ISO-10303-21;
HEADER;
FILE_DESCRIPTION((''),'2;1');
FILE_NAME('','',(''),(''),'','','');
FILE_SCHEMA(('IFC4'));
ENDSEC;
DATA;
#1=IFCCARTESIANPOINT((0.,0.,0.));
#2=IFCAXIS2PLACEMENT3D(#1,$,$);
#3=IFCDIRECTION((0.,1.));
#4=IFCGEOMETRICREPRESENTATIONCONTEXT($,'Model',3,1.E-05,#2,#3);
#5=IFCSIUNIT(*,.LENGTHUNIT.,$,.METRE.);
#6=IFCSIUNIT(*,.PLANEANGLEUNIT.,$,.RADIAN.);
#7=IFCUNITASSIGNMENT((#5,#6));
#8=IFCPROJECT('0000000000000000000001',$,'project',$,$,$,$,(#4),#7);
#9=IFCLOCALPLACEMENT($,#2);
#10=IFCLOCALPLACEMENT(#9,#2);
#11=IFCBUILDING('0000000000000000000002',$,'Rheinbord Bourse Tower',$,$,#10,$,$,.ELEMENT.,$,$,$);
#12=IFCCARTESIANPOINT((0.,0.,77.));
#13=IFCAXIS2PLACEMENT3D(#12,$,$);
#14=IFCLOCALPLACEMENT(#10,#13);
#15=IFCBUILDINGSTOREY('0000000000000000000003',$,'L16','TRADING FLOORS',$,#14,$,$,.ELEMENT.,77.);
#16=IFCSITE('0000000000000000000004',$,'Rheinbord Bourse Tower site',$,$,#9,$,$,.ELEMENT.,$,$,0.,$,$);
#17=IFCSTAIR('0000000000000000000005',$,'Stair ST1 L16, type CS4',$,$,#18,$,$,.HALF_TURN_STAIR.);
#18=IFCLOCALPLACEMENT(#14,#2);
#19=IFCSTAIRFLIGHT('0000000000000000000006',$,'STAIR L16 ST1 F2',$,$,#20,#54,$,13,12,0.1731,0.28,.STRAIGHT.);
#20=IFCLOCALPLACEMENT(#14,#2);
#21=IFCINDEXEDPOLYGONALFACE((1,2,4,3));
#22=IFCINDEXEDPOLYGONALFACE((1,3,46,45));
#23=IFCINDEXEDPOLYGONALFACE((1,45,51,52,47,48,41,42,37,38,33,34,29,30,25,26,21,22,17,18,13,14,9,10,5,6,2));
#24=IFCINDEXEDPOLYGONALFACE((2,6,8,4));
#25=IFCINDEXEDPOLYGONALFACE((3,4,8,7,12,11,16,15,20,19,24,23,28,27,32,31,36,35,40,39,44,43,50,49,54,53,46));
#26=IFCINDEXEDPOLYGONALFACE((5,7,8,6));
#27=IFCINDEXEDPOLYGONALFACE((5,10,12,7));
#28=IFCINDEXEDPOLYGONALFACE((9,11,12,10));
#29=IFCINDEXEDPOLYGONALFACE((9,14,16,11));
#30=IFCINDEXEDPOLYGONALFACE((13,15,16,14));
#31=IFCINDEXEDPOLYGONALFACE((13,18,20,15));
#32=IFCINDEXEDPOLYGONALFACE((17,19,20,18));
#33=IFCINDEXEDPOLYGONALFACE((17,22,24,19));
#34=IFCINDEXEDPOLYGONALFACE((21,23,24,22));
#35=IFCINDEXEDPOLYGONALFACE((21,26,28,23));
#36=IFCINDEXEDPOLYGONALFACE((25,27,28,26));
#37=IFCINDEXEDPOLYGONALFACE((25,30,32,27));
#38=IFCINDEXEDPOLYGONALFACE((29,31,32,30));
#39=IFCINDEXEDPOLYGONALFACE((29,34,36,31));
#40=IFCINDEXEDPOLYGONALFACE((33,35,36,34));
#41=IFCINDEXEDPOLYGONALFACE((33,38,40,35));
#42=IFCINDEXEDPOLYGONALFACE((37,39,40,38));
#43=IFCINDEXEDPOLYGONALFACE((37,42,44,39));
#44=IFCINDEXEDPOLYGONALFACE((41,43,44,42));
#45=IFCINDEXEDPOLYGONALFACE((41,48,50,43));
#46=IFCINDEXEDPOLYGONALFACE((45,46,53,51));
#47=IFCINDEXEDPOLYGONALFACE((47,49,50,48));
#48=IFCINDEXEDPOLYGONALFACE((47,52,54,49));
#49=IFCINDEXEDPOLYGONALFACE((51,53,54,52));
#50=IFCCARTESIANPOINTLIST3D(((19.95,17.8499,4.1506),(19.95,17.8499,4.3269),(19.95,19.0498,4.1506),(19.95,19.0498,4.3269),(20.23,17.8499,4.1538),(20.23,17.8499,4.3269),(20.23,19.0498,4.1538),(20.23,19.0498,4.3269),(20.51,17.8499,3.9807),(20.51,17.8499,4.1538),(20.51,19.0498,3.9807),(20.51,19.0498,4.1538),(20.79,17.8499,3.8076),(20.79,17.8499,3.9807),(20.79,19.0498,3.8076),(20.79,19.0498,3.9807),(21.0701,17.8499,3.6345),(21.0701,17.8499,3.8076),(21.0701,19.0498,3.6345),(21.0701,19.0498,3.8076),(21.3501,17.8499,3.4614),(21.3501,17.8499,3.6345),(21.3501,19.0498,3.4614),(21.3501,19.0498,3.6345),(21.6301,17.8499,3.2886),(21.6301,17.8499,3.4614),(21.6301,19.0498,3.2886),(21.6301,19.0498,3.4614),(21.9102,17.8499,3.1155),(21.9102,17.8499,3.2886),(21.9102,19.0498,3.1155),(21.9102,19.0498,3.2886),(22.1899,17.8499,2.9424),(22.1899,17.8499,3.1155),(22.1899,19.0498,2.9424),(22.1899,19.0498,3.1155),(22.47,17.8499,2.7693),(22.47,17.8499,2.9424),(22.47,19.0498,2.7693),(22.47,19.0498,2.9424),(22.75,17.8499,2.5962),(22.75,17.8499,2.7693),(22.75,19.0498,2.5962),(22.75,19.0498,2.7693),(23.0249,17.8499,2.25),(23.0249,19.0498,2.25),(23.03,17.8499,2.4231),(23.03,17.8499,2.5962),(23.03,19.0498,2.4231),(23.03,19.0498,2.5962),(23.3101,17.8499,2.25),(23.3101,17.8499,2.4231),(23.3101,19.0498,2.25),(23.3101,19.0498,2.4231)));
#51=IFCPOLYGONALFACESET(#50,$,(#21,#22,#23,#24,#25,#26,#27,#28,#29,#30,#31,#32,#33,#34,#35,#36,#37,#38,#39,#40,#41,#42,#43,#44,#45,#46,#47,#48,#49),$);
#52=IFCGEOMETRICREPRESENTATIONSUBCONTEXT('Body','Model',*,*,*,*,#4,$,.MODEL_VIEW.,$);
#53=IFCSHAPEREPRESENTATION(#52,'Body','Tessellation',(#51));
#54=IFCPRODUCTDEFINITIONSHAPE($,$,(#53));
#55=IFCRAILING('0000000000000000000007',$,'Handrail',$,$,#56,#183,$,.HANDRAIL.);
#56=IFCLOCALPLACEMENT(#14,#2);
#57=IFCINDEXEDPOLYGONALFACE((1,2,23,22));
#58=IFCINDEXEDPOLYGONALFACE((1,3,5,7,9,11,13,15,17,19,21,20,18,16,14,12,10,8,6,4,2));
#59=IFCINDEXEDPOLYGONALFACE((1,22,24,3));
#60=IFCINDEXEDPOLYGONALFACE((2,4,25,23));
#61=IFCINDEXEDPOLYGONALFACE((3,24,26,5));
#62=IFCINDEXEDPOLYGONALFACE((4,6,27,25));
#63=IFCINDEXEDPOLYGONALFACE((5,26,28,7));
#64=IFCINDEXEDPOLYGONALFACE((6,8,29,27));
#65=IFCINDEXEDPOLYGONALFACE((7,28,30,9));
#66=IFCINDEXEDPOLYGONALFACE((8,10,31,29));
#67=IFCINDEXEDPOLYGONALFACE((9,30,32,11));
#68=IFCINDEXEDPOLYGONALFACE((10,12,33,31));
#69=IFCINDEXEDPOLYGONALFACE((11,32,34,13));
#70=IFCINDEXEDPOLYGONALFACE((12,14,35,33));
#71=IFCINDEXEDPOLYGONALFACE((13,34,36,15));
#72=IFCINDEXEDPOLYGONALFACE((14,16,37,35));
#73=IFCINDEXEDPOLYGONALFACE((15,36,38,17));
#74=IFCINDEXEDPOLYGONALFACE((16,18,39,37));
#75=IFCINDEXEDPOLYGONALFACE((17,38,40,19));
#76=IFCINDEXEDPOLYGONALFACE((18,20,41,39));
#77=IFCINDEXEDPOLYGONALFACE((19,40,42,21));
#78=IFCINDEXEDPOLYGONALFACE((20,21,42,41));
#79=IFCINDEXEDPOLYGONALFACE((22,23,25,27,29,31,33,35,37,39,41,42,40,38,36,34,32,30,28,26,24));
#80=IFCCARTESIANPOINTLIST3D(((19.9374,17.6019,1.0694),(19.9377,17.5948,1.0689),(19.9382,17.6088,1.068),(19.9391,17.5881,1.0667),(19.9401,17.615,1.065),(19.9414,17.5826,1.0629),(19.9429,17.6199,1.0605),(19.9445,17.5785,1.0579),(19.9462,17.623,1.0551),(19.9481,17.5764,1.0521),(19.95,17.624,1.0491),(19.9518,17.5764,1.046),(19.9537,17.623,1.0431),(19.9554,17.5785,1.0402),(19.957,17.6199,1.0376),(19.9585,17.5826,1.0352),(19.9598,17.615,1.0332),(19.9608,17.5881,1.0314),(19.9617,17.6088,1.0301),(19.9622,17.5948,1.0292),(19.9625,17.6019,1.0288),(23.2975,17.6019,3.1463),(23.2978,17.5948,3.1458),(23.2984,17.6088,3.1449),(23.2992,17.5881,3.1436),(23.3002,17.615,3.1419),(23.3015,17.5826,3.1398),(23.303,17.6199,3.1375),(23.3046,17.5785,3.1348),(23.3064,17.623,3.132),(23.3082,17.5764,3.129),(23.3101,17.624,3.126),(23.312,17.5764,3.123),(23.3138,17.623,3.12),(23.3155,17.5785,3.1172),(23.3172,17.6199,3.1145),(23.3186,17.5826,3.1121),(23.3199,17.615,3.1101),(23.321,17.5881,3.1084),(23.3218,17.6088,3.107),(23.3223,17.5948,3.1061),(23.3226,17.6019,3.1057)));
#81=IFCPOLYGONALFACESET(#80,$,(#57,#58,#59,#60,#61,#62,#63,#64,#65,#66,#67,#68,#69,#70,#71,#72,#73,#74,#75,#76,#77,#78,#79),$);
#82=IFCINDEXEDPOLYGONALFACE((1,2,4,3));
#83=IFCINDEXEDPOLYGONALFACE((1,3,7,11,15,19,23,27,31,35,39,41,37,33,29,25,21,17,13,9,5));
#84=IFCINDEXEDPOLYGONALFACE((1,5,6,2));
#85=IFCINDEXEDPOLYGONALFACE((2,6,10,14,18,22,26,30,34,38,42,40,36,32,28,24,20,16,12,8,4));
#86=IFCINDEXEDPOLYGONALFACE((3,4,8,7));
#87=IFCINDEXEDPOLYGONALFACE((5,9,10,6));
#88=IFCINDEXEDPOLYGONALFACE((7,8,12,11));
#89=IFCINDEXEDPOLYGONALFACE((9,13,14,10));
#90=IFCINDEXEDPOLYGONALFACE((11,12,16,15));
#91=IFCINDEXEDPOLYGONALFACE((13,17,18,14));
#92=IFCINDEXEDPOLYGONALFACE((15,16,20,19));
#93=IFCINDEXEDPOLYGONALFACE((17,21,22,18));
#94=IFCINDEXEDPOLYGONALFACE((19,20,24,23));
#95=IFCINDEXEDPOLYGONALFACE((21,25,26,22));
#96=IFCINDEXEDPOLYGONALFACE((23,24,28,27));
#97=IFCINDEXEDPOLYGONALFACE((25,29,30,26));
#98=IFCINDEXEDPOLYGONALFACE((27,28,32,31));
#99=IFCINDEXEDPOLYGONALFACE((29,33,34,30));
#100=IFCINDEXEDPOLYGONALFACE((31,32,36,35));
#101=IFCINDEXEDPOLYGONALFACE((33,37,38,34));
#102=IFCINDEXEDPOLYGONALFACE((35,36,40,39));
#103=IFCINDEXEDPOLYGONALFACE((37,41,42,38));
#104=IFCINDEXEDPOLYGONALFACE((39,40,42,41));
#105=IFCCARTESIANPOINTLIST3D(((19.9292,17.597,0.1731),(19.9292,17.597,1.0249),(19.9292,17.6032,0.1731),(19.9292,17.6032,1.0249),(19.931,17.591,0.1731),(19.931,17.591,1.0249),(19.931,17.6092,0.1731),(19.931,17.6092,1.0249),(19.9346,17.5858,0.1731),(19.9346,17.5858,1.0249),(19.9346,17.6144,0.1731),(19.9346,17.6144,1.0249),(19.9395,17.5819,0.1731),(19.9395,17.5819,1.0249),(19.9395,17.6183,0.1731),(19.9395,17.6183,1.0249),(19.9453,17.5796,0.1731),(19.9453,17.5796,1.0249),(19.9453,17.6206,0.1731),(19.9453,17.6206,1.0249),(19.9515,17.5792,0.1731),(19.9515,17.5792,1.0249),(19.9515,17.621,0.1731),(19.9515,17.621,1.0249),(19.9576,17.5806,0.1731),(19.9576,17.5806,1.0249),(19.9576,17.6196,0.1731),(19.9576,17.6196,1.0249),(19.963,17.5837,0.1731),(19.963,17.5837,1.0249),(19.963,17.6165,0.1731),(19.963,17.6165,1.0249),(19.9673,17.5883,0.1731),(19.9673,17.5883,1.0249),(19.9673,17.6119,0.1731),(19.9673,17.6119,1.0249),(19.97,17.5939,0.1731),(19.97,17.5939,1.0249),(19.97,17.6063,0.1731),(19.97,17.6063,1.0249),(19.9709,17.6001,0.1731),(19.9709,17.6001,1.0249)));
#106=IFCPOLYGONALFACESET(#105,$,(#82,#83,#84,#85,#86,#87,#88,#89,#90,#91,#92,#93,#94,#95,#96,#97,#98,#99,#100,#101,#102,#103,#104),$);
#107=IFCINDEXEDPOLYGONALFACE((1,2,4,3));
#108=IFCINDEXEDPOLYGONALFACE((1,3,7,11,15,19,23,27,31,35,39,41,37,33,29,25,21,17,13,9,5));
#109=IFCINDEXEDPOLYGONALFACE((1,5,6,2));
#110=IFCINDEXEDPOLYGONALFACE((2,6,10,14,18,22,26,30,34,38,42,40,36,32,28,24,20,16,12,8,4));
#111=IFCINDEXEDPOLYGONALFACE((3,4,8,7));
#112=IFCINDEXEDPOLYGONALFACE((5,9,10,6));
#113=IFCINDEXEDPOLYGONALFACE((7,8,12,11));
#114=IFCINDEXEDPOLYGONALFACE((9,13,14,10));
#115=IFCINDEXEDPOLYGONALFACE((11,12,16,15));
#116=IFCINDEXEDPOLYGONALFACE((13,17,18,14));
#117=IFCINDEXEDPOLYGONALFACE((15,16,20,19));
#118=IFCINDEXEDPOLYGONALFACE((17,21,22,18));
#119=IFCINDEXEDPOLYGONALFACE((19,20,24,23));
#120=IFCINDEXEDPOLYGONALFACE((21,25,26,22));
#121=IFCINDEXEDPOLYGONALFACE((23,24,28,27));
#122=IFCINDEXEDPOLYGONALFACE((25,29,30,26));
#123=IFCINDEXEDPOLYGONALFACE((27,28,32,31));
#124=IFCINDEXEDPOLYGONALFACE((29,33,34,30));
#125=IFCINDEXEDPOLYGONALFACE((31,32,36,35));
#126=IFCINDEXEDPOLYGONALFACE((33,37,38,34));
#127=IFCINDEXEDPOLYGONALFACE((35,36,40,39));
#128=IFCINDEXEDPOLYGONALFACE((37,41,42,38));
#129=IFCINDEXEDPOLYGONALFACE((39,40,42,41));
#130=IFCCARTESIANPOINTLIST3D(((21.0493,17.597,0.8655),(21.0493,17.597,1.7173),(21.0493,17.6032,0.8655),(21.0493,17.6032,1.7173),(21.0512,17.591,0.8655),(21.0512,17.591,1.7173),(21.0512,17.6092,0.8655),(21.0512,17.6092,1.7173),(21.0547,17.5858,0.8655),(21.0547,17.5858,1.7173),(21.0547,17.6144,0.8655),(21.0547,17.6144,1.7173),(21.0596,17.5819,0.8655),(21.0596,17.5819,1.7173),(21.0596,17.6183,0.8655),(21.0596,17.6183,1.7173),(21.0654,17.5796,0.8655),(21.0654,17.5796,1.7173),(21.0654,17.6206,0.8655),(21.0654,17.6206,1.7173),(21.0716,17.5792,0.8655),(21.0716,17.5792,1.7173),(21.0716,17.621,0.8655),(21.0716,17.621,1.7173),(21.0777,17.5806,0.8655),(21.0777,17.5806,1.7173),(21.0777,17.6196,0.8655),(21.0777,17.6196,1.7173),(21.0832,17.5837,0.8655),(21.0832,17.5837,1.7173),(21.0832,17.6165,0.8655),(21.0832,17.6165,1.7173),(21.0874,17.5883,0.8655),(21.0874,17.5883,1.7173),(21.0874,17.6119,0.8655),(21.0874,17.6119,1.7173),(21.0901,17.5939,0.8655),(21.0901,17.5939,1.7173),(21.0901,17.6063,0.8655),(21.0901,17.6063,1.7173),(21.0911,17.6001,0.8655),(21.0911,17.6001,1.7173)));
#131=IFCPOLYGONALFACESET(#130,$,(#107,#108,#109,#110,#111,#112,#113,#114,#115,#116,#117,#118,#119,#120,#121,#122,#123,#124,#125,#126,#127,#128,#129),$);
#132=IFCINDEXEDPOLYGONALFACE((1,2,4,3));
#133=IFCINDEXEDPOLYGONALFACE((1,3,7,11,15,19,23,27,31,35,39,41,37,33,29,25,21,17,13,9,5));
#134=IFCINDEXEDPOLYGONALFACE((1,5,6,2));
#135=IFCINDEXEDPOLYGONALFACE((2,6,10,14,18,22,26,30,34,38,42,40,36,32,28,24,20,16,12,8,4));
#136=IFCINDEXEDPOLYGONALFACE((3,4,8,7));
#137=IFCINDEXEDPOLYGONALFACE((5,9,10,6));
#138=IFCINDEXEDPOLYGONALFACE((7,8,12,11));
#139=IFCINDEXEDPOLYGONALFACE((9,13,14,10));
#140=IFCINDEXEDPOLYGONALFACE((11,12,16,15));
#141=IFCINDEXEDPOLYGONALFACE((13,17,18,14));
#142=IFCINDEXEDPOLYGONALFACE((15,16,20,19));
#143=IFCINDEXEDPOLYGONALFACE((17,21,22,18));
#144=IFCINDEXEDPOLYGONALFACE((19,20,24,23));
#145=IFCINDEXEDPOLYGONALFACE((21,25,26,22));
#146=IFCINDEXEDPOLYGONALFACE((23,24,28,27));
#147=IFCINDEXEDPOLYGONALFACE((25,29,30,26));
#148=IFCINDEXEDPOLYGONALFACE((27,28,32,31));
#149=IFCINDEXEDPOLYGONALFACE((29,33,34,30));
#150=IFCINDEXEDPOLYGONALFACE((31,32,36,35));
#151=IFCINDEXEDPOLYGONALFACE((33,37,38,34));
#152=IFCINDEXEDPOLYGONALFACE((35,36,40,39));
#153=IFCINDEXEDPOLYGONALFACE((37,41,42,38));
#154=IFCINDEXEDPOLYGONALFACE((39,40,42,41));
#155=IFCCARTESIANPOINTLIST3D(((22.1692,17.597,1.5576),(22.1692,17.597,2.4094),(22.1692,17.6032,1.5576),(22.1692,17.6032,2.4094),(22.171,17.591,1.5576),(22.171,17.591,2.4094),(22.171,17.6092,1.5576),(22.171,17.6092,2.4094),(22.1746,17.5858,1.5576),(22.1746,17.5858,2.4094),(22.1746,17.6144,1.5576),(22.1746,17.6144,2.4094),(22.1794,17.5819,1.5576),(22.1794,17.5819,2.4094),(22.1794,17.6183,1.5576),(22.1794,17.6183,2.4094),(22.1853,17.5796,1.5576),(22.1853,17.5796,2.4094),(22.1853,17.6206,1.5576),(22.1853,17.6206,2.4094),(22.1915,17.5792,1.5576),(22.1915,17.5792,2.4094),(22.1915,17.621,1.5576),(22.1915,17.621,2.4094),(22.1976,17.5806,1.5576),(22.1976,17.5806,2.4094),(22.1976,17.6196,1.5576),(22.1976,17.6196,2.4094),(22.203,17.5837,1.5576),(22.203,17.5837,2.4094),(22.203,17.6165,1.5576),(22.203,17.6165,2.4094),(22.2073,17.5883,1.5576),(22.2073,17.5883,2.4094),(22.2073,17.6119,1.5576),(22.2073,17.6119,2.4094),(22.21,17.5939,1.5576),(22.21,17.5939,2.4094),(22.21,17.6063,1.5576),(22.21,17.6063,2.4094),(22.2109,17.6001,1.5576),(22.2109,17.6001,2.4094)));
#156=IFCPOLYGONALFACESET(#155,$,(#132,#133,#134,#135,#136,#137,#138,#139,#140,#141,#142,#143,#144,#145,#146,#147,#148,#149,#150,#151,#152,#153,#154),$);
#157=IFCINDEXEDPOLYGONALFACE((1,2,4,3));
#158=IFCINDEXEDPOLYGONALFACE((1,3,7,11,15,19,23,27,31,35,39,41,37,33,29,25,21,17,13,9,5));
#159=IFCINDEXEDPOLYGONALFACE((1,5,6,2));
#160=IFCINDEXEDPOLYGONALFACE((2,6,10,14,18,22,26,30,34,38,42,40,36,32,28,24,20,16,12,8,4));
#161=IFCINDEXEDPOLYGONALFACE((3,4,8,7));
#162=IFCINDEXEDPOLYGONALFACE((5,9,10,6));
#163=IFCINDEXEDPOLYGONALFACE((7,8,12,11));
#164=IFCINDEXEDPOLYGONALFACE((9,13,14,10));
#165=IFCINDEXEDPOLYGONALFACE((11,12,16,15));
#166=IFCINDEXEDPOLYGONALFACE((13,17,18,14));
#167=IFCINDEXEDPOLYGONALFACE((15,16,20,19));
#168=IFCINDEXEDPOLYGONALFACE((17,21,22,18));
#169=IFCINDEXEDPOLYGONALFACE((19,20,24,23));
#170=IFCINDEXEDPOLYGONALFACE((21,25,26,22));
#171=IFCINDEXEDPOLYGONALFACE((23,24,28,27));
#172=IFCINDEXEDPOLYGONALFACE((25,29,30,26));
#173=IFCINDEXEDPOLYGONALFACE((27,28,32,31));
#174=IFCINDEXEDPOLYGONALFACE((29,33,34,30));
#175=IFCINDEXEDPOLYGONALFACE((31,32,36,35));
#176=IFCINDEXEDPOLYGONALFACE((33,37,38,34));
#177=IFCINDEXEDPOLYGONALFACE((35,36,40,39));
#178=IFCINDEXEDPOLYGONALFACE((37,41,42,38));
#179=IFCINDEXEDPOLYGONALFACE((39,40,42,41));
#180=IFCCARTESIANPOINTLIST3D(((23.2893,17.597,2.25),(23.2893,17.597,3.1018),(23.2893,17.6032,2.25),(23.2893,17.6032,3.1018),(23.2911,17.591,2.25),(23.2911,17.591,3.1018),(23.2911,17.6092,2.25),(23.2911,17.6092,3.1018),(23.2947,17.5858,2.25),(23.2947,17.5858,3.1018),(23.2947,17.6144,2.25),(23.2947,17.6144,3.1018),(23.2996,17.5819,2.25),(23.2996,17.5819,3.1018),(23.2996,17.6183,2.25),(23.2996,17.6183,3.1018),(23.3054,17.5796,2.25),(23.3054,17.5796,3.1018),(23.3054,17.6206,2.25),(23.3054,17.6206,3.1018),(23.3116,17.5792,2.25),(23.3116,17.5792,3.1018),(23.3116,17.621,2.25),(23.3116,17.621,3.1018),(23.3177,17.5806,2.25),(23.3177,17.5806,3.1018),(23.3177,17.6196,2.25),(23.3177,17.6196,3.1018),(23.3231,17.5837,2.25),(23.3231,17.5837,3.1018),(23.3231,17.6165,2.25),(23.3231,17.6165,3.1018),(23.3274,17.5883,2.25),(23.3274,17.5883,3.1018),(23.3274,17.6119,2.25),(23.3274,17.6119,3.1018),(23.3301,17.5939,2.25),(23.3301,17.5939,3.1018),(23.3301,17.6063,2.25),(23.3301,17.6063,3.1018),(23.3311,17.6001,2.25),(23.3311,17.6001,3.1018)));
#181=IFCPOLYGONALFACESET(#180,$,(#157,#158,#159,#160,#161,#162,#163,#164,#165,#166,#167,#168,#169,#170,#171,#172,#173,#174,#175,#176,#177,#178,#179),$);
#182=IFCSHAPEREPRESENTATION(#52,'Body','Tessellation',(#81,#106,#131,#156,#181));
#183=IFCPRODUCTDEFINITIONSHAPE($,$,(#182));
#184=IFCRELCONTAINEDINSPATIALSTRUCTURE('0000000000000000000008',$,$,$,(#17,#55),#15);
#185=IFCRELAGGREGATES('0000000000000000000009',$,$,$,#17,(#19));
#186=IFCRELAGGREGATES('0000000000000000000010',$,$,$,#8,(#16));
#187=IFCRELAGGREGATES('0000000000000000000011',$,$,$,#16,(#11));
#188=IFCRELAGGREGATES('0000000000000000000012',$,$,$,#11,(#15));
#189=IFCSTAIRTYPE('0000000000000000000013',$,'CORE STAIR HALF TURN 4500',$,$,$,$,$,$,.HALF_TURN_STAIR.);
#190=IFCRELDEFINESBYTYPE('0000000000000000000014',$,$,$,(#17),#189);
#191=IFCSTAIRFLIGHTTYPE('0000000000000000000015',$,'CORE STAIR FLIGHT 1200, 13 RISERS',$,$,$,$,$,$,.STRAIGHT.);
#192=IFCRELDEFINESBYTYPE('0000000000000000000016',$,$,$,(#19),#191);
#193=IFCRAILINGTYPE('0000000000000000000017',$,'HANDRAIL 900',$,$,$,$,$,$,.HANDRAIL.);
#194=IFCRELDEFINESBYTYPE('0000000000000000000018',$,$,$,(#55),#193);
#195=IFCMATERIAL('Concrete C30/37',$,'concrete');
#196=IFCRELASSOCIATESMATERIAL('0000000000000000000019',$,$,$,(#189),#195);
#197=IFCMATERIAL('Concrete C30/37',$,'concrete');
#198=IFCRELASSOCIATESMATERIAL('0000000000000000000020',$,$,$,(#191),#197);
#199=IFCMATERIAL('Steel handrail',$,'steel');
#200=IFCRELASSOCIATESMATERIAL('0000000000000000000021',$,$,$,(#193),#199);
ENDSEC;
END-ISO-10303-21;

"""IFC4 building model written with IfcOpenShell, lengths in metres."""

from ifc_helpers import new_model, si_unit, direction, frame, origin, origin_2d, place, context, subcontext, project, spatial, polyline, circle, outline, extrude, material, type_object, element, aggregate, save


model = new_model("IFC4")

# Units and contexts
model_context = context("Model", 3, precision=1e-05, world=origin(), true_north=direction((0.0, 1.0)))
body_context = subcontext(model_context, "Body", "Model", "MODEL_VIEW")
ifc_project = project(units=[si_unit("LENGTHUNIT", "METRE"), si_unit("PLANEANGLEUNIT", "RADIAN")], contexts=[model_context])

# Site, building, storey
site_placement = place(None, origin())
site = spatial("IfcSite", under=ifc_project, at=site_placement, Name="Rheinbord Bourse Tower site", CompositionType="ELEMENT", RefElevation=0.0)
building_placement = place(site_placement, origin())
building = spatial("IfcBuilding", under=site, at=building_placement, Name="Rheinbord Bourse Tower", CompositionType="ELEMENT")
storey_placement = place(building_placement, frame((0.0, 0.0, 77.0)))
storey = spatial("IfcBuildingStorey", under=building, at=storey_placement, Name="L16", Description="TRADING FLOORS", CompositionType="ELEMENT", Elevation=77.0)

# Stair, stair flight
ifc_material_1 = material(Name="Concrete C30/37", Category="concrete")
stair_type = type_object("IfcStairType", Name="CORE STAIR HALF TURN 4500", PredefinedType="HALF_TURN_STAIR", material=ifc_material_1)
stair_placement = place(storey_placement, origin())
stair = element("IfcStair", 1, at=stair_placement, inside=storey, type_object=stair_type, Name="Stair ST1 L16, type CS4", PredefinedType="HALF_TURN_STAIR")
ifc_material_2 = material(Name="Concrete C30/37", Category="concrete")
stair_flight_type = type_object("IfcStairFlightType", Name="CORE STAIR FLIGHT 1200, 13 RISERS", PredefinedType="STRAIGHT", material=ifc_material_2)
stair_flight_1_placement = place(storey_placement, frame((23.3101, 18.45, 2.25), z_axis=(0.0, 0.0, 1.0), x_axis=(-1.0, 0.0, 0.0)))
stair_flight_1 = element("IfcStairFlight", 2, at=stair_flight_1_placement, type_object=stair_flight_type, Name="STAIR L16 ST1 F2", NumberOfRisers=13, NumberOfTreads=12, PredefinedType="STRAIGHT", RiserHeight=0.1731, TreadLength=0.28, context=body_context, shape_type="SweptSolid", body=[
    extrude(outline(polyline([(0.0, 0.0), (0.0, 0.1731), (0.28, 0.1731), (0.28, 0.3462), (0.5601, 0.3462), (0.5601, 0.5193), (0.8401, 0.5193), (0.8401, 0.6924), (1.1201, 0.6924), (1.1201, 0.8655), (1.3999, 0.8655), (1.3999, 1.0386), (1.6799, 1.0386), (1.6799, 1.2114), (1.96, 1.2114), (1.96, 1.3845), (2.24, 1.3845), (2.24, 1.5576), (2.52, 1.5576), (2.52, 1.7307), (2.8, 1.7307), (2.8, 1.9038), (3.0801, 1.9038), (3.0801, 2.0769), (3.3601, 2.0769), (3.3601, 2.25), (3.3601, 1.9006), (0.2852, 0.0), (0.0, 0.0)])), frame((0.0, 0.6001, 0.0), z_axis=(0.0, -1.0, 0.0), x_axis=(1.0, 0.0, 0.0)), (0.0, 0.0, 1.0), 1.2),
])
aggregate(stair, [stair_flight_1])

# Railing
ifc_material_3 = material(Name="Steel handrail", Category="steel")
railing_type = type_object("IfcRailingType", Name="HANDRAIL 900", PredefinedType="HANDRAIL", material=ifc_material_3)
railing_1_placement = place(storey_placement, frame((19.95, 17.6001, 0.1731)))
element("IfcRailing", 3, at=railing_1_placement, inside=storey, type_object=railing_type, Name="Handrail", PredefinedType="HANDRAIL", context=body_context, shape_type="SweptSolid", body=[
    extrude(circle(Radius=0.0239, at=origin_2d()), frame((0.0, 0.0, 0.876), z_axis=(0.850623, 0.0, 0.525776), x_axis=(0.0, 1.0, 0.0)), (0.0, 0.0, 1.0), 3.9502),
    extrude(circle(Radius=0.021, at=origin_2d()), origin(), (0.0, 0.0, 1.0), 0.8518),
    extrude(circle(Radius=0.021, at=origin_2d()), frame((1.1201, 0.0, 0.6924)), (0.0, 0.0, 1.0), 0.8518),
    extrude(circle(Radius=0.021, at=origin_2d()), frame((2.24, 0.0, 1.3845)), (0.0, 0.0, 1.0), 0.8518),
    extrude(circle(Radius=0.021, at=origin_2d()), frame((3.3601, 0.0, 2.0769)), (0.0, 0.0, 1.0), 0.8518),
])

save(model, "model.ifc")
